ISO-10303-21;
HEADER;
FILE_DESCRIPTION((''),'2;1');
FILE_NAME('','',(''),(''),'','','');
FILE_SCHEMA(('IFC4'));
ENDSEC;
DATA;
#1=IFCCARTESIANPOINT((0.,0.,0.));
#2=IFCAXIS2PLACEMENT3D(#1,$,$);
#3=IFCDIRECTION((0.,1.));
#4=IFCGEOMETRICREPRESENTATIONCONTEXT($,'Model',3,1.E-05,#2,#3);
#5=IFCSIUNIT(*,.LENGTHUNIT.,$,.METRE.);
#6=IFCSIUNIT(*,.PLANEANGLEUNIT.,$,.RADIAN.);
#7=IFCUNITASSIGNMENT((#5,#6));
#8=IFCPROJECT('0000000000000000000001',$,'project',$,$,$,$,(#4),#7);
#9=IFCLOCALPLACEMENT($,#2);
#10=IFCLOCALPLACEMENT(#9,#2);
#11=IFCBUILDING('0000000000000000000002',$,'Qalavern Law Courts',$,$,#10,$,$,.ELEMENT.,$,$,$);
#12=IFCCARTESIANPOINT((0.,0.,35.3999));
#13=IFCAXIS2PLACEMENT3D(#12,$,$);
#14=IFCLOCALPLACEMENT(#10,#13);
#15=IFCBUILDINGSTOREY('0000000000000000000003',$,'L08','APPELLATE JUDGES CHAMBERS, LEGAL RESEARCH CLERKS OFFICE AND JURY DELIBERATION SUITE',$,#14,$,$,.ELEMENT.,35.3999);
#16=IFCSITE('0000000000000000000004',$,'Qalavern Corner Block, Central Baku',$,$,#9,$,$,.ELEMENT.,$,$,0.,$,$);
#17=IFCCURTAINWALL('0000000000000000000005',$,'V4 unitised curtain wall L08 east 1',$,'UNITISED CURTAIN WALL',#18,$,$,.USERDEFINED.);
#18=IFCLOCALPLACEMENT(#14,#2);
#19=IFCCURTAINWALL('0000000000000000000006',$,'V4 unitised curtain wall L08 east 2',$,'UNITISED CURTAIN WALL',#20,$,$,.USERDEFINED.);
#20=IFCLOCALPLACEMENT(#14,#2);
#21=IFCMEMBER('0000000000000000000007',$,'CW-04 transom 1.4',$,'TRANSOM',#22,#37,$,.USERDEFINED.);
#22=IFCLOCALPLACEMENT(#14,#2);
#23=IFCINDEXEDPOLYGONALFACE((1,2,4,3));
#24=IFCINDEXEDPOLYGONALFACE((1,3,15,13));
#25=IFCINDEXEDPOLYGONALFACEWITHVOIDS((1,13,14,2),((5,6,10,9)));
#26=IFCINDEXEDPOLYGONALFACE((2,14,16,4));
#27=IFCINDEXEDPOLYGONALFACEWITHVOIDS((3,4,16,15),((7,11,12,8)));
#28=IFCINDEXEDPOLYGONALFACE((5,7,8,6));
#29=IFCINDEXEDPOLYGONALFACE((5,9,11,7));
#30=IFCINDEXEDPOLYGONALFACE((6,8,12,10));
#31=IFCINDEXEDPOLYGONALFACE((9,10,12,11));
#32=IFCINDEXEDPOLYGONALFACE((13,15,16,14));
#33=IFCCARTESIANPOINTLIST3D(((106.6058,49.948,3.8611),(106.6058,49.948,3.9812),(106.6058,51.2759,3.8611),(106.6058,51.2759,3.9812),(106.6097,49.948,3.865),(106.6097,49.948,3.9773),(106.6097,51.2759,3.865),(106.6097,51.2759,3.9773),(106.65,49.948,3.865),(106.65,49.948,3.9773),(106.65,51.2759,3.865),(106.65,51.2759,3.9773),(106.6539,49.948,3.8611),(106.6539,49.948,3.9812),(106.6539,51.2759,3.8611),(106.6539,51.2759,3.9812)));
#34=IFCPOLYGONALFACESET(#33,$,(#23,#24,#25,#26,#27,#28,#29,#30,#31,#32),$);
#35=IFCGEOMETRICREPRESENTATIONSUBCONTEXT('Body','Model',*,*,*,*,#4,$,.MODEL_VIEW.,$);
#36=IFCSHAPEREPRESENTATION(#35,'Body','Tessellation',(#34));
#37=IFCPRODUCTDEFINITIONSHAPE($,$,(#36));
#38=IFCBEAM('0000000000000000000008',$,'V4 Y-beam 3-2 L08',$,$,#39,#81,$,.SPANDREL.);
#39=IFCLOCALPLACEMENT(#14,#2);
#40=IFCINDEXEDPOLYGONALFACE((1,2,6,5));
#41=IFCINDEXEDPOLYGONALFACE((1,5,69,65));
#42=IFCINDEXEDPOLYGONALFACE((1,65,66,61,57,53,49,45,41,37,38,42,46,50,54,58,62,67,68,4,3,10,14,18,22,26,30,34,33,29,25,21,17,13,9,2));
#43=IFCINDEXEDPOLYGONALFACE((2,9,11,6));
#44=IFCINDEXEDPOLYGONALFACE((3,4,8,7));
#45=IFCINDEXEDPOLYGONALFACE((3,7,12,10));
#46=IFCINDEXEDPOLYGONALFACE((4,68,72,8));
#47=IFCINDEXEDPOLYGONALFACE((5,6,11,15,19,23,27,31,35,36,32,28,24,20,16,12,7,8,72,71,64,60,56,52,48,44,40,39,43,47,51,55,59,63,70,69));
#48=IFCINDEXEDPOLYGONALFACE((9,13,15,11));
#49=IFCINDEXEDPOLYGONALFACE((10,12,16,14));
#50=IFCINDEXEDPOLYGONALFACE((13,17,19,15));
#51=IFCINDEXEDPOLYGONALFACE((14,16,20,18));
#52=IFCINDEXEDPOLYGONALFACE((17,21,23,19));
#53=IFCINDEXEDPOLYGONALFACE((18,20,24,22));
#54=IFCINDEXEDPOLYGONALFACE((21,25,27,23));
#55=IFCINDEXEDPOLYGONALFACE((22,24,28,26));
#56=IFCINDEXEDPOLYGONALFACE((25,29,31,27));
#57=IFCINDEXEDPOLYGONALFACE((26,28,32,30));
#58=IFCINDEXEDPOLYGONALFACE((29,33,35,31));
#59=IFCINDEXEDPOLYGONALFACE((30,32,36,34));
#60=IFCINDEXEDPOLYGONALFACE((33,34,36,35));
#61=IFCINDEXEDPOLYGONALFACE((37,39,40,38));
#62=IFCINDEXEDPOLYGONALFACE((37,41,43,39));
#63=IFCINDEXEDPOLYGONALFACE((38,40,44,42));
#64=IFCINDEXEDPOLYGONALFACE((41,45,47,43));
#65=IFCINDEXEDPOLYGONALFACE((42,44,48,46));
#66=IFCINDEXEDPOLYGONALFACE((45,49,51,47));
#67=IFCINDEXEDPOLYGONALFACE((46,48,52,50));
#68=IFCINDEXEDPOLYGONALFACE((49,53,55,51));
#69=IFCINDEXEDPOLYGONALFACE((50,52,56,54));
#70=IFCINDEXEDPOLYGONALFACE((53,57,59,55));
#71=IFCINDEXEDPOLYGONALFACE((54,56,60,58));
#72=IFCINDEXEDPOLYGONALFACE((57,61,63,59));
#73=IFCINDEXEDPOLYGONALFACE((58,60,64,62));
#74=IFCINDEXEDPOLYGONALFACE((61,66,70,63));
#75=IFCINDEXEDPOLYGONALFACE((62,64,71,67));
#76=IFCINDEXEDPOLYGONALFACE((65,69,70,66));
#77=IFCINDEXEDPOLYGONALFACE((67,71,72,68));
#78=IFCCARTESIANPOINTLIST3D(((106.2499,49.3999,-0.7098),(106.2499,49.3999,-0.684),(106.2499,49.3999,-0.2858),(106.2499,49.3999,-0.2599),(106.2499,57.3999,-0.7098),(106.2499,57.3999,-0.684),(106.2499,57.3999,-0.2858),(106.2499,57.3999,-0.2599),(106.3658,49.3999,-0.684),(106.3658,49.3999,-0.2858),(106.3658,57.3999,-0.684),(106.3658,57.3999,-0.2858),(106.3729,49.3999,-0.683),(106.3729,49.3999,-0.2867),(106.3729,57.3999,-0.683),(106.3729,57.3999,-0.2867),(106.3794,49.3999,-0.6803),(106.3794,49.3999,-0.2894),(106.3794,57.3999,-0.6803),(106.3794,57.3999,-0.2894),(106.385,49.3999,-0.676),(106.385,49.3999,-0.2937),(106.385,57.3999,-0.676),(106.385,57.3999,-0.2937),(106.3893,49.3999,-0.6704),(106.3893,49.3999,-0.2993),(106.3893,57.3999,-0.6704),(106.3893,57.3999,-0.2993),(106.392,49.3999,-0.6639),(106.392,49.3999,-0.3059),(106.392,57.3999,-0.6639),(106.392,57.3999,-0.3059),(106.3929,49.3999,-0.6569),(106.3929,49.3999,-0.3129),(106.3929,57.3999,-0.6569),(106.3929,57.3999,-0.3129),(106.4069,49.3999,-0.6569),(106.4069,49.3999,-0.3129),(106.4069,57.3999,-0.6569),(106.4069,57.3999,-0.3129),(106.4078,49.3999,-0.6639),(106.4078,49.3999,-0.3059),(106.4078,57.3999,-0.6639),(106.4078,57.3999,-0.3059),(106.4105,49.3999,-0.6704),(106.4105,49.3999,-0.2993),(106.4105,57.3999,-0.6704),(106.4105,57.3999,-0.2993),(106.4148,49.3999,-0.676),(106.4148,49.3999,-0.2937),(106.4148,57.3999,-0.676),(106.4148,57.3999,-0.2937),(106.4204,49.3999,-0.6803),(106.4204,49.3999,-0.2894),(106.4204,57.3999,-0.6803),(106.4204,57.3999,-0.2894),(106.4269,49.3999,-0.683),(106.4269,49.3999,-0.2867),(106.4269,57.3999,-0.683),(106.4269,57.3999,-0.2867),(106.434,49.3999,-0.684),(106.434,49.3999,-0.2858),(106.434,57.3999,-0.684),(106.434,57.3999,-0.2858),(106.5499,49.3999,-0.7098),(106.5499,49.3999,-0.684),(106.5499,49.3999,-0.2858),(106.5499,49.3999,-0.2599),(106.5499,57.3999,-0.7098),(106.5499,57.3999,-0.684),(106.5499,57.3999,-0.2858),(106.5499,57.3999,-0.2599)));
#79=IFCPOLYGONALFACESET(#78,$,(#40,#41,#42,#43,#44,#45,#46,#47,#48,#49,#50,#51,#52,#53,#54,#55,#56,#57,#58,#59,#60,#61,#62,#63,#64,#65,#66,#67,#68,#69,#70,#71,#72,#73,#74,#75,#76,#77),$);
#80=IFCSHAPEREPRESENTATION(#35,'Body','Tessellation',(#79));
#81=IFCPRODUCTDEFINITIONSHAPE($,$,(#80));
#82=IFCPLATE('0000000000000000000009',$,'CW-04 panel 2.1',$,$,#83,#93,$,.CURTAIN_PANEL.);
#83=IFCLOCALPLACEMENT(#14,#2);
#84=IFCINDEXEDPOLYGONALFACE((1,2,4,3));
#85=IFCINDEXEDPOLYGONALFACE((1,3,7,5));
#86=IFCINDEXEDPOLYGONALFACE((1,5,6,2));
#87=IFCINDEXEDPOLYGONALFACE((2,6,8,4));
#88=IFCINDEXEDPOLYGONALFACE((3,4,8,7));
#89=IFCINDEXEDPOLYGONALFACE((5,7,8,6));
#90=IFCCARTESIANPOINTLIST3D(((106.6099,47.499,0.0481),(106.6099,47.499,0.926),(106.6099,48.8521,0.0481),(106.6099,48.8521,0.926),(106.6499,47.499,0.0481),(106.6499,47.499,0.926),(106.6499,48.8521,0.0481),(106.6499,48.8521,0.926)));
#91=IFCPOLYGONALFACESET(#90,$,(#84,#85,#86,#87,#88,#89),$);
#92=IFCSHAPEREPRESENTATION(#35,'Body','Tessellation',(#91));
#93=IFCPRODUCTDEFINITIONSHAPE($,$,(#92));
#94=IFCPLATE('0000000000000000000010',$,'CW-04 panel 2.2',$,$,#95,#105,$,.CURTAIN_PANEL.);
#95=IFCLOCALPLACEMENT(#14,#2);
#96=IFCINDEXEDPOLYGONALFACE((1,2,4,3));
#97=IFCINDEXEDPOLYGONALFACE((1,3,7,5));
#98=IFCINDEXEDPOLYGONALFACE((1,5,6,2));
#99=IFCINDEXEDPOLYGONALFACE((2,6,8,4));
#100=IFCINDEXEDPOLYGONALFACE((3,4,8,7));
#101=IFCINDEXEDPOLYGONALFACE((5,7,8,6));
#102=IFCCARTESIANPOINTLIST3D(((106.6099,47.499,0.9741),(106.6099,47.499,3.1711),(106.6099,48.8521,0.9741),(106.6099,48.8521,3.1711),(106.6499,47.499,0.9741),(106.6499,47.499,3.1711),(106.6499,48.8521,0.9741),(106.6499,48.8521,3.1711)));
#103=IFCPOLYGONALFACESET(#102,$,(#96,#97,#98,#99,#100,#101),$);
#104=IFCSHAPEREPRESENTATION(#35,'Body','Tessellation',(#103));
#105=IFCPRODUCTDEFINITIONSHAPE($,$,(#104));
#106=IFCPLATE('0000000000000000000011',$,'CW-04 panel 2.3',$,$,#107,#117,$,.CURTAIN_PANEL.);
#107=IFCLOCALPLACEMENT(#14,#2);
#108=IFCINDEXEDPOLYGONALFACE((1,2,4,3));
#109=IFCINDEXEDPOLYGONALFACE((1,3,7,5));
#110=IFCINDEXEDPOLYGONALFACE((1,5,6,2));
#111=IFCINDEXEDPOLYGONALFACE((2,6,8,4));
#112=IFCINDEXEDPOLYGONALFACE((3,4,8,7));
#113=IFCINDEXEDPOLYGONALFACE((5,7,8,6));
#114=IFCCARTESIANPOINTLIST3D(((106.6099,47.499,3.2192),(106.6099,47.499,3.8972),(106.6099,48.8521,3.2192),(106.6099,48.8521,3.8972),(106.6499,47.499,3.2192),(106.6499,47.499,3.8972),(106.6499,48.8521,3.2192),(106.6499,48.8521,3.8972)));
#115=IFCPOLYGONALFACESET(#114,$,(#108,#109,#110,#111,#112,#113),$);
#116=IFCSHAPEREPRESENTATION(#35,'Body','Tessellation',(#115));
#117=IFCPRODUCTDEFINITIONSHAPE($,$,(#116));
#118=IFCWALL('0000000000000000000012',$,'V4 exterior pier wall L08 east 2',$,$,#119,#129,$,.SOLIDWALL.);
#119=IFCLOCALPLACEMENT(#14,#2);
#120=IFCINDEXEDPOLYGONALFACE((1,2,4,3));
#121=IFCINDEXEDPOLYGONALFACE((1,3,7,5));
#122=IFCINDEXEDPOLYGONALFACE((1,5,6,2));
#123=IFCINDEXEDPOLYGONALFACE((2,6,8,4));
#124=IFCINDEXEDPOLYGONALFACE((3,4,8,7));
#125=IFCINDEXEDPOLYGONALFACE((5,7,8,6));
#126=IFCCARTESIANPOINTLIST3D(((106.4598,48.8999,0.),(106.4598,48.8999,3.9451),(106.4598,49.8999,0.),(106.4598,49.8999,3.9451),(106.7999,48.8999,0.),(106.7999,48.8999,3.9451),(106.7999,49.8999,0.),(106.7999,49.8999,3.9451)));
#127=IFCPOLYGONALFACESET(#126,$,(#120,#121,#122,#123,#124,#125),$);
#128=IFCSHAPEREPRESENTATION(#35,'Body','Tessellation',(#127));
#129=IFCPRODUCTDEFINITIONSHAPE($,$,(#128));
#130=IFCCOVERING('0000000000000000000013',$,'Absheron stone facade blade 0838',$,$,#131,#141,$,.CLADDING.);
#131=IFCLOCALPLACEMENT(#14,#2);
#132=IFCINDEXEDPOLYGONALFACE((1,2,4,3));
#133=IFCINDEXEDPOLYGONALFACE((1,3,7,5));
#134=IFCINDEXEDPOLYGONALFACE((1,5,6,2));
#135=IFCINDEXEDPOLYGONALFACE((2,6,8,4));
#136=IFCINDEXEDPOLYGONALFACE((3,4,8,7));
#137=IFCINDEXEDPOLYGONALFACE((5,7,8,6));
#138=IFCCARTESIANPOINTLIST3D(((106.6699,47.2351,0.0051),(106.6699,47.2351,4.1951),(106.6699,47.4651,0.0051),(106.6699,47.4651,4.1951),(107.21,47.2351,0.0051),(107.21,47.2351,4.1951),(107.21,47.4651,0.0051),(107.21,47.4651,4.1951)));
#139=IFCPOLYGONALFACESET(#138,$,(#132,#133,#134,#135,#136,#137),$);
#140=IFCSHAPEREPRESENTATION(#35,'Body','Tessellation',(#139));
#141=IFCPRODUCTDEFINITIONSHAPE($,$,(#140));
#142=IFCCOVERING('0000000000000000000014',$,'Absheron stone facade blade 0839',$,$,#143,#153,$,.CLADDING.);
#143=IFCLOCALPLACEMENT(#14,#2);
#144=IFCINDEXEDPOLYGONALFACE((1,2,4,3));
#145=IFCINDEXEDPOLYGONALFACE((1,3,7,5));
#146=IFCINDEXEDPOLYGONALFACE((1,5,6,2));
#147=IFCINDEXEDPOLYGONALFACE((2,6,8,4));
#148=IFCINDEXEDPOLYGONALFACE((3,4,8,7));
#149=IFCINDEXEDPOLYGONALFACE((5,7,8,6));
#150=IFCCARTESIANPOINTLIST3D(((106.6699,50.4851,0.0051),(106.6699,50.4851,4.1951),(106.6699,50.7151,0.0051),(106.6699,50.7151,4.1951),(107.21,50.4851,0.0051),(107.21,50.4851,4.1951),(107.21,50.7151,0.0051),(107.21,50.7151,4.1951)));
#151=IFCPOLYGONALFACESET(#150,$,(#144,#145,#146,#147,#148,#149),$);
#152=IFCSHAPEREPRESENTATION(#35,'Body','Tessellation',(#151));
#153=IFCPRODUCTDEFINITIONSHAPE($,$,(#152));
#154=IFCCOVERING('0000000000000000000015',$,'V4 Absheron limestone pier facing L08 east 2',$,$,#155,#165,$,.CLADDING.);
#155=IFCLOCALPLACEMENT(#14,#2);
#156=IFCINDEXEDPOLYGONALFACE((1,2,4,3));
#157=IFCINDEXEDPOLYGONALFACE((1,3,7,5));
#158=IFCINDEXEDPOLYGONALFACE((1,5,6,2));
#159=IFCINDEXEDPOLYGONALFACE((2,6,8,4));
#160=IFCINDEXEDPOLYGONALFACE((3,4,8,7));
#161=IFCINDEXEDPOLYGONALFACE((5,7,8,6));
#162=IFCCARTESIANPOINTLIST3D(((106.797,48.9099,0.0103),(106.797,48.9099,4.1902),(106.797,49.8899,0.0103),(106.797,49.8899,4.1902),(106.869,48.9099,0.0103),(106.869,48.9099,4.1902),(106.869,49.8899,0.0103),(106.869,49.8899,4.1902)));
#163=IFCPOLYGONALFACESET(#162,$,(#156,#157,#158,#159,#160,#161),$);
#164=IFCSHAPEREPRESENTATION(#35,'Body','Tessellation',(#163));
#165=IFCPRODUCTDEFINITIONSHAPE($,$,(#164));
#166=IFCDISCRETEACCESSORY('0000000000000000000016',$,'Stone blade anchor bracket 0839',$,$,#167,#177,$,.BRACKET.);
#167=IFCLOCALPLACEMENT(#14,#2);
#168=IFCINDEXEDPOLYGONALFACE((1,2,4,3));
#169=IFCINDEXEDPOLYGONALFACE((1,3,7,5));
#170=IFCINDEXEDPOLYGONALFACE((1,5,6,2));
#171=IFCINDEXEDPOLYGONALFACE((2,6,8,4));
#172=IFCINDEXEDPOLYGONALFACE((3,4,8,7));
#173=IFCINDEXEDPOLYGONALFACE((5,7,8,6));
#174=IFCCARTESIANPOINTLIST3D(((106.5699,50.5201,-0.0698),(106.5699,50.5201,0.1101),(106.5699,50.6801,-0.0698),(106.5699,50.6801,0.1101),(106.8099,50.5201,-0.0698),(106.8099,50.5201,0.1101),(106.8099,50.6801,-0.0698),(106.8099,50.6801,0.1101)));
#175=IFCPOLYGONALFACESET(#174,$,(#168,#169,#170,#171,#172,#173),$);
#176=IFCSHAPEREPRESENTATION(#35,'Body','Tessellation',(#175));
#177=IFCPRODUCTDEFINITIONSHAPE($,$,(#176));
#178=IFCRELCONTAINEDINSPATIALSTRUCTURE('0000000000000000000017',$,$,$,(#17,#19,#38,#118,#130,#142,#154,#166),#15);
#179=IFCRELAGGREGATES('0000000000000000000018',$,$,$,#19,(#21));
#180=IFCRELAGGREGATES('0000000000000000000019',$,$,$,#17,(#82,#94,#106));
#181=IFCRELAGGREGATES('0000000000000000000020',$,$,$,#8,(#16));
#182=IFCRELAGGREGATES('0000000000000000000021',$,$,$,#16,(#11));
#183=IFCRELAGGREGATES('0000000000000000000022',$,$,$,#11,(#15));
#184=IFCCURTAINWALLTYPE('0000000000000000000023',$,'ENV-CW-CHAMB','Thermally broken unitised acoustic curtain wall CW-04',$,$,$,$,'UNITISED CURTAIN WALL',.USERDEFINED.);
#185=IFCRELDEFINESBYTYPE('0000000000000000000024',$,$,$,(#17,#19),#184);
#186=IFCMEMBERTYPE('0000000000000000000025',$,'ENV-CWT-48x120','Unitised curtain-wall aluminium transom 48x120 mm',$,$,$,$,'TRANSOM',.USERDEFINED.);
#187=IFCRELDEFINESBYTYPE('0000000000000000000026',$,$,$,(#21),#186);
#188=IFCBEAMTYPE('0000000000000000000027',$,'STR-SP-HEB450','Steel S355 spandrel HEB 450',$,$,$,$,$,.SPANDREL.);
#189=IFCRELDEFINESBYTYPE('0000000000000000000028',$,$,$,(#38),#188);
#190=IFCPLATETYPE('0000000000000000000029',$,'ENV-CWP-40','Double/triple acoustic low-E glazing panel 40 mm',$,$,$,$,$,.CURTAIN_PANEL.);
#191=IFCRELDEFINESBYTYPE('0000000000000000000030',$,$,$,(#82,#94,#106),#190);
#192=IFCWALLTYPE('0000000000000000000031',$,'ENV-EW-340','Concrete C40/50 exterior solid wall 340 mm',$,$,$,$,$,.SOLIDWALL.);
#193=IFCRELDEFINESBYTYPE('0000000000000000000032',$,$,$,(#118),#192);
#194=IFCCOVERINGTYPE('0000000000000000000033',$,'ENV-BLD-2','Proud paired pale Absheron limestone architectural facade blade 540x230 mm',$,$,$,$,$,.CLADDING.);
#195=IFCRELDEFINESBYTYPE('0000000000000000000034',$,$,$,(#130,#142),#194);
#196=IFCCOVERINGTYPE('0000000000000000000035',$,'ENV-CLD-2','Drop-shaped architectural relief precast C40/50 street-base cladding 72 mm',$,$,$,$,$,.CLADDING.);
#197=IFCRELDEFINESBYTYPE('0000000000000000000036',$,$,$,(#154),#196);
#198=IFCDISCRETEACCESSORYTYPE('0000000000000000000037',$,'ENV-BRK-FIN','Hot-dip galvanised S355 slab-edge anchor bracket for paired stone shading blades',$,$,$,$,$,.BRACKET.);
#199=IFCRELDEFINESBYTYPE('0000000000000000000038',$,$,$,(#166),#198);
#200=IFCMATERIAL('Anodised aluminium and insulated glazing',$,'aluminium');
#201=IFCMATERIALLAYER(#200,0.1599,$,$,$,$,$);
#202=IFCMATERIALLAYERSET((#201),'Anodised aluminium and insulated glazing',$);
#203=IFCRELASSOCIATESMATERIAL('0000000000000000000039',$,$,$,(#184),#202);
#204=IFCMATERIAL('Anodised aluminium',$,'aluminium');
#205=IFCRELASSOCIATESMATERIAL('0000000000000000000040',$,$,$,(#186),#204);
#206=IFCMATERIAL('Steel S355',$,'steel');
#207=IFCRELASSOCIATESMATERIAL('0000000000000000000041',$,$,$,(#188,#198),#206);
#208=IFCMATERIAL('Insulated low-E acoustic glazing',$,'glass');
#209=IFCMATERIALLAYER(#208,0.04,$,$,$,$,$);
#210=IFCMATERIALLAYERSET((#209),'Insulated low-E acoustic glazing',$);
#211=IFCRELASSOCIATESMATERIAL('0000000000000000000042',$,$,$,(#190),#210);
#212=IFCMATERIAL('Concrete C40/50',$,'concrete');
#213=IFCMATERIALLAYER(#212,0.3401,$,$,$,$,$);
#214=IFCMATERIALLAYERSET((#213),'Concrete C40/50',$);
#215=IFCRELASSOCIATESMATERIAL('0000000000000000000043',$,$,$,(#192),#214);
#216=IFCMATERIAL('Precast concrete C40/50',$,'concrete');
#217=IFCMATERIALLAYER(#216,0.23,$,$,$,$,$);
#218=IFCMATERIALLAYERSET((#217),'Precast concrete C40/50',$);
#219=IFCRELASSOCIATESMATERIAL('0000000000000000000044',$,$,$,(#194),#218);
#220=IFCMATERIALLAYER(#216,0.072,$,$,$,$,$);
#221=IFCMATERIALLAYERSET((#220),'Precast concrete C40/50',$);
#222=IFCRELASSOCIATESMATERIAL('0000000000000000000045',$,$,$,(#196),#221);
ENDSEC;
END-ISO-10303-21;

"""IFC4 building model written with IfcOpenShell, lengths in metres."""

from ifc_helpers import new_model, si_unit, direction, frame, frame_2d, origin, origin_2d, place, context, subcontext, project, spatial, rectangle, hollow_rectangle, i_section, extrude, material, layer, layer_set, material_profile, profile_set, type_object, element, aggregate, save


model = new_model("IFC4")

# Units and contexts
model_context = context("Model", 3, precision=1e-05, world=origin(), true_north=direction((0.0, 1.0)))
body_context = subcontext(model_context, "Body", "Model", "MODEL_VIEW")
ifc_project = project(units=[si_unit("LENGTHUNIT", "METRE"), si_unit("PLANEANGLEUNIT", "RADIAN")], contexts=[model_context])

# Site, building, storey
site_placement = place(None, origin())
site = spatial("IfcSite", under=ifc_project, at=site_placement, Name="Qalavern Corner Block, Central Baku", CompositionType="ELEMENT", RefElevation=0.0)
building_placement = place(site_placement, origin())
building = spatial("IfcBuilding", under=site, at=building_placement, Name="Qalavern Law Courts", CompositionType="ELEMENT")
storey_placement = place(building_placement, frame((0.0, 0.0, 35.3999)))
storey = spatial("IfcBuildingStorey", under=building, at=storey_placement, Name="L08", Description="APPELLATE JUDGES CHAMBERS, LEGAL RESEARCH CLERKS OFFICE AND JURY DELIBERATION SUITE", CompositionType="ELEMENT", Elevation=35.3999)

# Curtain wall
ifc_material_1 = material(Name="Anodised aluminium and insulated glazing", Category="aluminium")
ifc_layer_1 = layer(ifc_material_1, 0.1599)
ifc_layer_set_1 = layer_set([ifc_layer_1], Name="Anodised aluminium and insulated glazing")
curtain_wall_type = type_object("IfcCurtainWallType", Name="ENV-CW-CHAMB", Description="Thermally broken unitised acoustic curtain wall CW-04", ElementType="UNITISED CURTAIN WALL", PredefinedType="USERDEFINED", material=ifc_layer_set_1)
curtain_wall_1_placement = place(storey_placement, origin())
curtain_wall_1 = element("IfcCurtainWall", 1, at=curtain_wall_1_placement, inside=storey, type_object=curtain_wall_type, Name="V4 unitised curtain wall L08 east 1", ObjectType="UNITISED CURTAIN WALL", PredefinedType="USERDEFINED")
ifc_material_2 = material(Name="Anodised aluminium", Category="aluminium")

# Curtain wall
curtain_wall_2_placement = place(storey_placement, origin())
curtain_wall_2 = element("IfcCurtainWall", 2, at=curtain_wall_2_placement, inside=storey, type_object=curtain_wall_type, Name="V4 unitised curtain wall L08 east 2", ObjectType="UNITISED CURTAIN WALL", PredefinedType="USERDEFINED")

# Member
ifc_material_profile_1 = material_profile(ifc_material_2, hollow_rectangle(XDim=0.0481, YDim=0.1201, WallThickness=0.0039, at=origin_2d()), Name="ALU TRANSOM 48x120")
ifc_profile_set_1 = profile_set([ifc_material_profile_1], Name="Anodised aluminium")
member_type_1 = type_object("IfcMemberType", Name="ENV-CWT-48x120", Description="Unitised curtain-wall aluminium transom 48x120 mm", ElementType="TRANSOM", PredefinedType="USERDEFINED", material=ifc_profile_set_1)
member_1_placement = place(storey_placement, frame((106.6299, 49.948, 3.9211), z_axis=(0.0, 1.0, 0.0), x_axis=(-1.0, 0.0, 0.0)))
member_1 = element("IfcMember", 3, at=member_1_placement, type_object=member_type_1, Name="CW-04 transom 1.4", ObjectType="TRANSOM", PredefinedType="USERDEFINED", context=body_context, shape_type="SweptSolid", body=[
    extrude(hollow_rectangle(XDim=0.0481, YDim=0.1201, WallThickness=0.0039, at=origin_2d()), origin(), (0.0, 0.0, 1.0), 1.3279),
])
aggregate(curtain_wall_2, [member_1])

# Beam
ifc_material_3 = material(Name="Steel S355", Category="steel")
ifc_material_profile_2 = material_profile(ifc_material_3, i_section(OverallWidth=0.3, OverallDepth=0.45, WebThickness=0.0139, FlangeThickness=0.0259, FilletRadius=0.0271, at=origin_2d()), Name="HEB 450")
ifc_profile_set_2 = profile_set([ifc_material_profile_2], Name="Steel S355")
beam_type = type_object("IfcBeamType", Name="STR-SP-HEB450", Description="Steel S355 spandrel HEB 450", PredefinedType="SPANDREL", material=ifc_profile_set_2)
beam_placement = place(storey_placement, frame((106.3999, 49.3999, -0.4849), z_axis=(0.0, 1.0, 0.0), x_axis=(-1.0, 0.0, 0.0)))
element("IfcBeam", 4, at=beam_placement, inside=storey, type_object=beam_type, Name="V4 Y-beam 3-2 L08", PredefinedType="SPANDREL", context=body_context, shape_type="SweptSolid", body=[
    extrude(i_section(OverallWidth=0.3, OverallDepth=0.45, WebThickness=0.0139, FlangeThickness=0.0259, FilletRadius=0.0271, at=origin_2d()), origin(), (0.0, 0.0, 1.0), 8.0),
])

# Plates
ifc_material_4 = material(Name="Insulated low-E acoustic glazing", Category="glass")
ifc_layer_2 = layer(ifc_material_4, 0.04)
ifc_layer_set_2 = layer_set([ifc_layer_2], Name="Insulated low-E acoustic glazing")
plate_type = type_object("IfcPlateType", Name="ENV-CWP-40", Description="Double/triple acoustic low-E glazing panel 40 mm", PredefinedType="CURTAIN_PANEL", material=ifc_layer_set_2)
plate_1_placement = place(storey_placement, frame((106.6299, 48.1755, 0.0481), z_axis=(0.0, 0.0, 1.0), x_axis=(0.0, 1.0, 0.0)))
plate_1 = element("IfcPlate", 5, at=plate_1_placement, type_object=plate_type, Name="CW-04 panel 2.1", PredefinedType="CURTAIN_PANEL", context=body_context, shape_type="SweptSolid", body=[
    extrude(rectangle(XDim=1.353, YDim=0.04, at=origin_2d()), origin(), (0.0, 0.0, 1.0), 0.8779),
])
plate_2_placement = place(storey_placement, frame((106.6299, 48.1755, 0.9741), z_axis=(0.0, 0.0, 1.0), x_axis=(0.0, 1.0, 0.0)))
plate_2 = element("IfcPlate", 6, at=plate_2_placement, type_object=plate_type, Name="CW-04 panel 2.2", PredefinedType="CURTAIN_PANEL", context=body_context, shape_type="SweptSolid", body=[
    extrude(rectangle(XDim=1.353, YDim=0.04, at=origin_2d()), origin(), (0.0, 0.0, 1.0), 2.197),
])
plate_3_placement = place(storey_placement, frame((106.6299, 48.1755, 3.2192), z_axis=(0.0, 0.0, 1.0), x_axis=(0.0, 1.0, 0.0)))
plate_3 = element("IfcPlate", 7, at=plate_3_placement, type_object=plate_type, Name="CW-04 panel 2.3", PredefinedType="CURTAIN_PANEL", context=body_context, shape_type="SweptSolid", body=[
    extrude(rectangle(XDim=1.353, YDim=0.04, at=origin_2d()), origin(), (0.0, 0.0, 1.0), 0.678),
])
aggregate(curtain_wall_1, [plate_1, plate_2, plate_3])

# Wall
ifc_material_5 = material(Name="Concrete C40/50", Category="concrete")
ifc_layer_3 = layer(ifc_material_5, 0.3401)
ifc_layer_set_3 = layer_set([ifc_layer_3], Name="Concrete C40/50")
wall_type = type_object("IfcWallType", Name="ENV-EW-340", Description="Concrete C40/50 exterior solid wall 340 mm", PredefinedType="SOLIDWALL", material=ifc_layer_set_3)
wall_placement = place(storey_placement, frame((106.6299, 48.8999, 0.0), z_axis=(0.0, 0.0, 1.0), x_axis=(0.0, 1.0, 0.0)))
element("IfcWall", 8, at=wall_placement, inside=storey, type_object=wall_type, Name="V4 exterior pier wall L08 east 2", PredefinedType="SOLIDWALL", context=body_context, shape_type="SweptSolid", body=[
    extrude(rectangle(XDim=1.0, YDim=0.3401, at=frame_2d((0.5, 0.0))), origin(), (0.0, 0.0, 1.0), 3.9451),
])

# Coverings
ifc_material_6 = material(Name="Precast concrete C40/50", Category="concrete")
ifc_layer_4 = layer(ifc_material_6, 0.23)
ifc_layer_set_4 = layer_set([ifc_layer_4], Name="Precast concrete C40/50")
covering_type_1 = type_object("IfcCoveringType", Name="ENV-BLD-2", Description="Proud paired pale Absheron limestone architectural facade blade 540x230 mm", PredefinedType="CLADDING", material=ifc_layer_set_4)
for number, where, z_axis, x_axis, name in (
    (9, (106.9399, 47.3501, 0.0051), (0.0, 0.0, 1.0), (1.0, 0.0, 0.0), "Absheron stone facade blade 0838"),
    (10, (106.9399, 50.6001, 0.0051), (0.0, 0.0, 1.0), (1.0, 0.0, 0.0), "Absheron stone facade blade 0839"),
):
    element("IfcCovering", number, at=place(storey_placement, frame(where, z_axis=z_axis, x_axis=x_axis)), inside=storey, type_object=covering_type_1, Name=name, PredefinedType="CLADDING", context=body_context, shape_type="SweptSolid", body=[
        extrude(rectangle(XDim=0.54, YDim=0.23, at=origin_2d()), origin(), (0.0, 0.0, 1.0), 4.1899),
    ])
ifc_layer_5 = layer(ifc_material_6, 0.072)
ifc_layer_set_5 = layer_set([ifc_layer_5], Name="Precast concrete C40/50")
covering_type_2 = type_object("IfcCoveringType", Name="ENV-CLD-2", Description="Drop-shaped architectural relief precast C40/50 street-base cladding 72 mm", PredefinedType="CLADDING", material=ifc_layer_set_5)
covering_placement = place(storey_placement, frame((106.833, 49.3999, 0.0103), z_axis=(0.0, 0.0, 1.0), x_axis=(0.0, 1.0, 0.0)))
element("IfcCovering", 11, at=covering_placement, inside=storey, type_object=covering_type_2, Name="V4 Absheron limestone pier facing L08 east 2", PredefinedType="CLADDING", context=body_context, shape_type="SweptSolid", body=[
    extrude(rectangle(XDim=0.98, YDim=0.072, at=origin_2d()), origin(), (0.0, 0.0, 1.0), 4.1799),
])

# Discrete accessory
discrete_accessory_type = type_object("IfcDiscreteAccessoryType", Name="ENV-BRK-FIN", Description="Hot-dip galvanised S355 slab-edge anchor bracket for paired stone shading blades", PredefinedType="BRACKET", material=ifc_material_3)
discrete_accessory_placement = place(storey_placement, frame((106.6899, 50.6001, -0.0698), z_axis=(0.0, 0.0, 1.0), x_axis=(1.0, 0.0, 0.0)))
element("IfcDiscreteAccessory", 12, at=discrete_accessory_placement, inside=storey, type_object=discrete_accessory_type, Name="Stone blade anchor bracket 0839", PredefinedType="BRACKET", context=body_context, shape_type="SweptSolid", body=[
    extrude(rectangle(XDim=0.24, YDim=0.1599, at=origin_2d()), origin(), (0.0, 0.0, 1.0), 0.1799),
])

save(model, "model.ifc")
